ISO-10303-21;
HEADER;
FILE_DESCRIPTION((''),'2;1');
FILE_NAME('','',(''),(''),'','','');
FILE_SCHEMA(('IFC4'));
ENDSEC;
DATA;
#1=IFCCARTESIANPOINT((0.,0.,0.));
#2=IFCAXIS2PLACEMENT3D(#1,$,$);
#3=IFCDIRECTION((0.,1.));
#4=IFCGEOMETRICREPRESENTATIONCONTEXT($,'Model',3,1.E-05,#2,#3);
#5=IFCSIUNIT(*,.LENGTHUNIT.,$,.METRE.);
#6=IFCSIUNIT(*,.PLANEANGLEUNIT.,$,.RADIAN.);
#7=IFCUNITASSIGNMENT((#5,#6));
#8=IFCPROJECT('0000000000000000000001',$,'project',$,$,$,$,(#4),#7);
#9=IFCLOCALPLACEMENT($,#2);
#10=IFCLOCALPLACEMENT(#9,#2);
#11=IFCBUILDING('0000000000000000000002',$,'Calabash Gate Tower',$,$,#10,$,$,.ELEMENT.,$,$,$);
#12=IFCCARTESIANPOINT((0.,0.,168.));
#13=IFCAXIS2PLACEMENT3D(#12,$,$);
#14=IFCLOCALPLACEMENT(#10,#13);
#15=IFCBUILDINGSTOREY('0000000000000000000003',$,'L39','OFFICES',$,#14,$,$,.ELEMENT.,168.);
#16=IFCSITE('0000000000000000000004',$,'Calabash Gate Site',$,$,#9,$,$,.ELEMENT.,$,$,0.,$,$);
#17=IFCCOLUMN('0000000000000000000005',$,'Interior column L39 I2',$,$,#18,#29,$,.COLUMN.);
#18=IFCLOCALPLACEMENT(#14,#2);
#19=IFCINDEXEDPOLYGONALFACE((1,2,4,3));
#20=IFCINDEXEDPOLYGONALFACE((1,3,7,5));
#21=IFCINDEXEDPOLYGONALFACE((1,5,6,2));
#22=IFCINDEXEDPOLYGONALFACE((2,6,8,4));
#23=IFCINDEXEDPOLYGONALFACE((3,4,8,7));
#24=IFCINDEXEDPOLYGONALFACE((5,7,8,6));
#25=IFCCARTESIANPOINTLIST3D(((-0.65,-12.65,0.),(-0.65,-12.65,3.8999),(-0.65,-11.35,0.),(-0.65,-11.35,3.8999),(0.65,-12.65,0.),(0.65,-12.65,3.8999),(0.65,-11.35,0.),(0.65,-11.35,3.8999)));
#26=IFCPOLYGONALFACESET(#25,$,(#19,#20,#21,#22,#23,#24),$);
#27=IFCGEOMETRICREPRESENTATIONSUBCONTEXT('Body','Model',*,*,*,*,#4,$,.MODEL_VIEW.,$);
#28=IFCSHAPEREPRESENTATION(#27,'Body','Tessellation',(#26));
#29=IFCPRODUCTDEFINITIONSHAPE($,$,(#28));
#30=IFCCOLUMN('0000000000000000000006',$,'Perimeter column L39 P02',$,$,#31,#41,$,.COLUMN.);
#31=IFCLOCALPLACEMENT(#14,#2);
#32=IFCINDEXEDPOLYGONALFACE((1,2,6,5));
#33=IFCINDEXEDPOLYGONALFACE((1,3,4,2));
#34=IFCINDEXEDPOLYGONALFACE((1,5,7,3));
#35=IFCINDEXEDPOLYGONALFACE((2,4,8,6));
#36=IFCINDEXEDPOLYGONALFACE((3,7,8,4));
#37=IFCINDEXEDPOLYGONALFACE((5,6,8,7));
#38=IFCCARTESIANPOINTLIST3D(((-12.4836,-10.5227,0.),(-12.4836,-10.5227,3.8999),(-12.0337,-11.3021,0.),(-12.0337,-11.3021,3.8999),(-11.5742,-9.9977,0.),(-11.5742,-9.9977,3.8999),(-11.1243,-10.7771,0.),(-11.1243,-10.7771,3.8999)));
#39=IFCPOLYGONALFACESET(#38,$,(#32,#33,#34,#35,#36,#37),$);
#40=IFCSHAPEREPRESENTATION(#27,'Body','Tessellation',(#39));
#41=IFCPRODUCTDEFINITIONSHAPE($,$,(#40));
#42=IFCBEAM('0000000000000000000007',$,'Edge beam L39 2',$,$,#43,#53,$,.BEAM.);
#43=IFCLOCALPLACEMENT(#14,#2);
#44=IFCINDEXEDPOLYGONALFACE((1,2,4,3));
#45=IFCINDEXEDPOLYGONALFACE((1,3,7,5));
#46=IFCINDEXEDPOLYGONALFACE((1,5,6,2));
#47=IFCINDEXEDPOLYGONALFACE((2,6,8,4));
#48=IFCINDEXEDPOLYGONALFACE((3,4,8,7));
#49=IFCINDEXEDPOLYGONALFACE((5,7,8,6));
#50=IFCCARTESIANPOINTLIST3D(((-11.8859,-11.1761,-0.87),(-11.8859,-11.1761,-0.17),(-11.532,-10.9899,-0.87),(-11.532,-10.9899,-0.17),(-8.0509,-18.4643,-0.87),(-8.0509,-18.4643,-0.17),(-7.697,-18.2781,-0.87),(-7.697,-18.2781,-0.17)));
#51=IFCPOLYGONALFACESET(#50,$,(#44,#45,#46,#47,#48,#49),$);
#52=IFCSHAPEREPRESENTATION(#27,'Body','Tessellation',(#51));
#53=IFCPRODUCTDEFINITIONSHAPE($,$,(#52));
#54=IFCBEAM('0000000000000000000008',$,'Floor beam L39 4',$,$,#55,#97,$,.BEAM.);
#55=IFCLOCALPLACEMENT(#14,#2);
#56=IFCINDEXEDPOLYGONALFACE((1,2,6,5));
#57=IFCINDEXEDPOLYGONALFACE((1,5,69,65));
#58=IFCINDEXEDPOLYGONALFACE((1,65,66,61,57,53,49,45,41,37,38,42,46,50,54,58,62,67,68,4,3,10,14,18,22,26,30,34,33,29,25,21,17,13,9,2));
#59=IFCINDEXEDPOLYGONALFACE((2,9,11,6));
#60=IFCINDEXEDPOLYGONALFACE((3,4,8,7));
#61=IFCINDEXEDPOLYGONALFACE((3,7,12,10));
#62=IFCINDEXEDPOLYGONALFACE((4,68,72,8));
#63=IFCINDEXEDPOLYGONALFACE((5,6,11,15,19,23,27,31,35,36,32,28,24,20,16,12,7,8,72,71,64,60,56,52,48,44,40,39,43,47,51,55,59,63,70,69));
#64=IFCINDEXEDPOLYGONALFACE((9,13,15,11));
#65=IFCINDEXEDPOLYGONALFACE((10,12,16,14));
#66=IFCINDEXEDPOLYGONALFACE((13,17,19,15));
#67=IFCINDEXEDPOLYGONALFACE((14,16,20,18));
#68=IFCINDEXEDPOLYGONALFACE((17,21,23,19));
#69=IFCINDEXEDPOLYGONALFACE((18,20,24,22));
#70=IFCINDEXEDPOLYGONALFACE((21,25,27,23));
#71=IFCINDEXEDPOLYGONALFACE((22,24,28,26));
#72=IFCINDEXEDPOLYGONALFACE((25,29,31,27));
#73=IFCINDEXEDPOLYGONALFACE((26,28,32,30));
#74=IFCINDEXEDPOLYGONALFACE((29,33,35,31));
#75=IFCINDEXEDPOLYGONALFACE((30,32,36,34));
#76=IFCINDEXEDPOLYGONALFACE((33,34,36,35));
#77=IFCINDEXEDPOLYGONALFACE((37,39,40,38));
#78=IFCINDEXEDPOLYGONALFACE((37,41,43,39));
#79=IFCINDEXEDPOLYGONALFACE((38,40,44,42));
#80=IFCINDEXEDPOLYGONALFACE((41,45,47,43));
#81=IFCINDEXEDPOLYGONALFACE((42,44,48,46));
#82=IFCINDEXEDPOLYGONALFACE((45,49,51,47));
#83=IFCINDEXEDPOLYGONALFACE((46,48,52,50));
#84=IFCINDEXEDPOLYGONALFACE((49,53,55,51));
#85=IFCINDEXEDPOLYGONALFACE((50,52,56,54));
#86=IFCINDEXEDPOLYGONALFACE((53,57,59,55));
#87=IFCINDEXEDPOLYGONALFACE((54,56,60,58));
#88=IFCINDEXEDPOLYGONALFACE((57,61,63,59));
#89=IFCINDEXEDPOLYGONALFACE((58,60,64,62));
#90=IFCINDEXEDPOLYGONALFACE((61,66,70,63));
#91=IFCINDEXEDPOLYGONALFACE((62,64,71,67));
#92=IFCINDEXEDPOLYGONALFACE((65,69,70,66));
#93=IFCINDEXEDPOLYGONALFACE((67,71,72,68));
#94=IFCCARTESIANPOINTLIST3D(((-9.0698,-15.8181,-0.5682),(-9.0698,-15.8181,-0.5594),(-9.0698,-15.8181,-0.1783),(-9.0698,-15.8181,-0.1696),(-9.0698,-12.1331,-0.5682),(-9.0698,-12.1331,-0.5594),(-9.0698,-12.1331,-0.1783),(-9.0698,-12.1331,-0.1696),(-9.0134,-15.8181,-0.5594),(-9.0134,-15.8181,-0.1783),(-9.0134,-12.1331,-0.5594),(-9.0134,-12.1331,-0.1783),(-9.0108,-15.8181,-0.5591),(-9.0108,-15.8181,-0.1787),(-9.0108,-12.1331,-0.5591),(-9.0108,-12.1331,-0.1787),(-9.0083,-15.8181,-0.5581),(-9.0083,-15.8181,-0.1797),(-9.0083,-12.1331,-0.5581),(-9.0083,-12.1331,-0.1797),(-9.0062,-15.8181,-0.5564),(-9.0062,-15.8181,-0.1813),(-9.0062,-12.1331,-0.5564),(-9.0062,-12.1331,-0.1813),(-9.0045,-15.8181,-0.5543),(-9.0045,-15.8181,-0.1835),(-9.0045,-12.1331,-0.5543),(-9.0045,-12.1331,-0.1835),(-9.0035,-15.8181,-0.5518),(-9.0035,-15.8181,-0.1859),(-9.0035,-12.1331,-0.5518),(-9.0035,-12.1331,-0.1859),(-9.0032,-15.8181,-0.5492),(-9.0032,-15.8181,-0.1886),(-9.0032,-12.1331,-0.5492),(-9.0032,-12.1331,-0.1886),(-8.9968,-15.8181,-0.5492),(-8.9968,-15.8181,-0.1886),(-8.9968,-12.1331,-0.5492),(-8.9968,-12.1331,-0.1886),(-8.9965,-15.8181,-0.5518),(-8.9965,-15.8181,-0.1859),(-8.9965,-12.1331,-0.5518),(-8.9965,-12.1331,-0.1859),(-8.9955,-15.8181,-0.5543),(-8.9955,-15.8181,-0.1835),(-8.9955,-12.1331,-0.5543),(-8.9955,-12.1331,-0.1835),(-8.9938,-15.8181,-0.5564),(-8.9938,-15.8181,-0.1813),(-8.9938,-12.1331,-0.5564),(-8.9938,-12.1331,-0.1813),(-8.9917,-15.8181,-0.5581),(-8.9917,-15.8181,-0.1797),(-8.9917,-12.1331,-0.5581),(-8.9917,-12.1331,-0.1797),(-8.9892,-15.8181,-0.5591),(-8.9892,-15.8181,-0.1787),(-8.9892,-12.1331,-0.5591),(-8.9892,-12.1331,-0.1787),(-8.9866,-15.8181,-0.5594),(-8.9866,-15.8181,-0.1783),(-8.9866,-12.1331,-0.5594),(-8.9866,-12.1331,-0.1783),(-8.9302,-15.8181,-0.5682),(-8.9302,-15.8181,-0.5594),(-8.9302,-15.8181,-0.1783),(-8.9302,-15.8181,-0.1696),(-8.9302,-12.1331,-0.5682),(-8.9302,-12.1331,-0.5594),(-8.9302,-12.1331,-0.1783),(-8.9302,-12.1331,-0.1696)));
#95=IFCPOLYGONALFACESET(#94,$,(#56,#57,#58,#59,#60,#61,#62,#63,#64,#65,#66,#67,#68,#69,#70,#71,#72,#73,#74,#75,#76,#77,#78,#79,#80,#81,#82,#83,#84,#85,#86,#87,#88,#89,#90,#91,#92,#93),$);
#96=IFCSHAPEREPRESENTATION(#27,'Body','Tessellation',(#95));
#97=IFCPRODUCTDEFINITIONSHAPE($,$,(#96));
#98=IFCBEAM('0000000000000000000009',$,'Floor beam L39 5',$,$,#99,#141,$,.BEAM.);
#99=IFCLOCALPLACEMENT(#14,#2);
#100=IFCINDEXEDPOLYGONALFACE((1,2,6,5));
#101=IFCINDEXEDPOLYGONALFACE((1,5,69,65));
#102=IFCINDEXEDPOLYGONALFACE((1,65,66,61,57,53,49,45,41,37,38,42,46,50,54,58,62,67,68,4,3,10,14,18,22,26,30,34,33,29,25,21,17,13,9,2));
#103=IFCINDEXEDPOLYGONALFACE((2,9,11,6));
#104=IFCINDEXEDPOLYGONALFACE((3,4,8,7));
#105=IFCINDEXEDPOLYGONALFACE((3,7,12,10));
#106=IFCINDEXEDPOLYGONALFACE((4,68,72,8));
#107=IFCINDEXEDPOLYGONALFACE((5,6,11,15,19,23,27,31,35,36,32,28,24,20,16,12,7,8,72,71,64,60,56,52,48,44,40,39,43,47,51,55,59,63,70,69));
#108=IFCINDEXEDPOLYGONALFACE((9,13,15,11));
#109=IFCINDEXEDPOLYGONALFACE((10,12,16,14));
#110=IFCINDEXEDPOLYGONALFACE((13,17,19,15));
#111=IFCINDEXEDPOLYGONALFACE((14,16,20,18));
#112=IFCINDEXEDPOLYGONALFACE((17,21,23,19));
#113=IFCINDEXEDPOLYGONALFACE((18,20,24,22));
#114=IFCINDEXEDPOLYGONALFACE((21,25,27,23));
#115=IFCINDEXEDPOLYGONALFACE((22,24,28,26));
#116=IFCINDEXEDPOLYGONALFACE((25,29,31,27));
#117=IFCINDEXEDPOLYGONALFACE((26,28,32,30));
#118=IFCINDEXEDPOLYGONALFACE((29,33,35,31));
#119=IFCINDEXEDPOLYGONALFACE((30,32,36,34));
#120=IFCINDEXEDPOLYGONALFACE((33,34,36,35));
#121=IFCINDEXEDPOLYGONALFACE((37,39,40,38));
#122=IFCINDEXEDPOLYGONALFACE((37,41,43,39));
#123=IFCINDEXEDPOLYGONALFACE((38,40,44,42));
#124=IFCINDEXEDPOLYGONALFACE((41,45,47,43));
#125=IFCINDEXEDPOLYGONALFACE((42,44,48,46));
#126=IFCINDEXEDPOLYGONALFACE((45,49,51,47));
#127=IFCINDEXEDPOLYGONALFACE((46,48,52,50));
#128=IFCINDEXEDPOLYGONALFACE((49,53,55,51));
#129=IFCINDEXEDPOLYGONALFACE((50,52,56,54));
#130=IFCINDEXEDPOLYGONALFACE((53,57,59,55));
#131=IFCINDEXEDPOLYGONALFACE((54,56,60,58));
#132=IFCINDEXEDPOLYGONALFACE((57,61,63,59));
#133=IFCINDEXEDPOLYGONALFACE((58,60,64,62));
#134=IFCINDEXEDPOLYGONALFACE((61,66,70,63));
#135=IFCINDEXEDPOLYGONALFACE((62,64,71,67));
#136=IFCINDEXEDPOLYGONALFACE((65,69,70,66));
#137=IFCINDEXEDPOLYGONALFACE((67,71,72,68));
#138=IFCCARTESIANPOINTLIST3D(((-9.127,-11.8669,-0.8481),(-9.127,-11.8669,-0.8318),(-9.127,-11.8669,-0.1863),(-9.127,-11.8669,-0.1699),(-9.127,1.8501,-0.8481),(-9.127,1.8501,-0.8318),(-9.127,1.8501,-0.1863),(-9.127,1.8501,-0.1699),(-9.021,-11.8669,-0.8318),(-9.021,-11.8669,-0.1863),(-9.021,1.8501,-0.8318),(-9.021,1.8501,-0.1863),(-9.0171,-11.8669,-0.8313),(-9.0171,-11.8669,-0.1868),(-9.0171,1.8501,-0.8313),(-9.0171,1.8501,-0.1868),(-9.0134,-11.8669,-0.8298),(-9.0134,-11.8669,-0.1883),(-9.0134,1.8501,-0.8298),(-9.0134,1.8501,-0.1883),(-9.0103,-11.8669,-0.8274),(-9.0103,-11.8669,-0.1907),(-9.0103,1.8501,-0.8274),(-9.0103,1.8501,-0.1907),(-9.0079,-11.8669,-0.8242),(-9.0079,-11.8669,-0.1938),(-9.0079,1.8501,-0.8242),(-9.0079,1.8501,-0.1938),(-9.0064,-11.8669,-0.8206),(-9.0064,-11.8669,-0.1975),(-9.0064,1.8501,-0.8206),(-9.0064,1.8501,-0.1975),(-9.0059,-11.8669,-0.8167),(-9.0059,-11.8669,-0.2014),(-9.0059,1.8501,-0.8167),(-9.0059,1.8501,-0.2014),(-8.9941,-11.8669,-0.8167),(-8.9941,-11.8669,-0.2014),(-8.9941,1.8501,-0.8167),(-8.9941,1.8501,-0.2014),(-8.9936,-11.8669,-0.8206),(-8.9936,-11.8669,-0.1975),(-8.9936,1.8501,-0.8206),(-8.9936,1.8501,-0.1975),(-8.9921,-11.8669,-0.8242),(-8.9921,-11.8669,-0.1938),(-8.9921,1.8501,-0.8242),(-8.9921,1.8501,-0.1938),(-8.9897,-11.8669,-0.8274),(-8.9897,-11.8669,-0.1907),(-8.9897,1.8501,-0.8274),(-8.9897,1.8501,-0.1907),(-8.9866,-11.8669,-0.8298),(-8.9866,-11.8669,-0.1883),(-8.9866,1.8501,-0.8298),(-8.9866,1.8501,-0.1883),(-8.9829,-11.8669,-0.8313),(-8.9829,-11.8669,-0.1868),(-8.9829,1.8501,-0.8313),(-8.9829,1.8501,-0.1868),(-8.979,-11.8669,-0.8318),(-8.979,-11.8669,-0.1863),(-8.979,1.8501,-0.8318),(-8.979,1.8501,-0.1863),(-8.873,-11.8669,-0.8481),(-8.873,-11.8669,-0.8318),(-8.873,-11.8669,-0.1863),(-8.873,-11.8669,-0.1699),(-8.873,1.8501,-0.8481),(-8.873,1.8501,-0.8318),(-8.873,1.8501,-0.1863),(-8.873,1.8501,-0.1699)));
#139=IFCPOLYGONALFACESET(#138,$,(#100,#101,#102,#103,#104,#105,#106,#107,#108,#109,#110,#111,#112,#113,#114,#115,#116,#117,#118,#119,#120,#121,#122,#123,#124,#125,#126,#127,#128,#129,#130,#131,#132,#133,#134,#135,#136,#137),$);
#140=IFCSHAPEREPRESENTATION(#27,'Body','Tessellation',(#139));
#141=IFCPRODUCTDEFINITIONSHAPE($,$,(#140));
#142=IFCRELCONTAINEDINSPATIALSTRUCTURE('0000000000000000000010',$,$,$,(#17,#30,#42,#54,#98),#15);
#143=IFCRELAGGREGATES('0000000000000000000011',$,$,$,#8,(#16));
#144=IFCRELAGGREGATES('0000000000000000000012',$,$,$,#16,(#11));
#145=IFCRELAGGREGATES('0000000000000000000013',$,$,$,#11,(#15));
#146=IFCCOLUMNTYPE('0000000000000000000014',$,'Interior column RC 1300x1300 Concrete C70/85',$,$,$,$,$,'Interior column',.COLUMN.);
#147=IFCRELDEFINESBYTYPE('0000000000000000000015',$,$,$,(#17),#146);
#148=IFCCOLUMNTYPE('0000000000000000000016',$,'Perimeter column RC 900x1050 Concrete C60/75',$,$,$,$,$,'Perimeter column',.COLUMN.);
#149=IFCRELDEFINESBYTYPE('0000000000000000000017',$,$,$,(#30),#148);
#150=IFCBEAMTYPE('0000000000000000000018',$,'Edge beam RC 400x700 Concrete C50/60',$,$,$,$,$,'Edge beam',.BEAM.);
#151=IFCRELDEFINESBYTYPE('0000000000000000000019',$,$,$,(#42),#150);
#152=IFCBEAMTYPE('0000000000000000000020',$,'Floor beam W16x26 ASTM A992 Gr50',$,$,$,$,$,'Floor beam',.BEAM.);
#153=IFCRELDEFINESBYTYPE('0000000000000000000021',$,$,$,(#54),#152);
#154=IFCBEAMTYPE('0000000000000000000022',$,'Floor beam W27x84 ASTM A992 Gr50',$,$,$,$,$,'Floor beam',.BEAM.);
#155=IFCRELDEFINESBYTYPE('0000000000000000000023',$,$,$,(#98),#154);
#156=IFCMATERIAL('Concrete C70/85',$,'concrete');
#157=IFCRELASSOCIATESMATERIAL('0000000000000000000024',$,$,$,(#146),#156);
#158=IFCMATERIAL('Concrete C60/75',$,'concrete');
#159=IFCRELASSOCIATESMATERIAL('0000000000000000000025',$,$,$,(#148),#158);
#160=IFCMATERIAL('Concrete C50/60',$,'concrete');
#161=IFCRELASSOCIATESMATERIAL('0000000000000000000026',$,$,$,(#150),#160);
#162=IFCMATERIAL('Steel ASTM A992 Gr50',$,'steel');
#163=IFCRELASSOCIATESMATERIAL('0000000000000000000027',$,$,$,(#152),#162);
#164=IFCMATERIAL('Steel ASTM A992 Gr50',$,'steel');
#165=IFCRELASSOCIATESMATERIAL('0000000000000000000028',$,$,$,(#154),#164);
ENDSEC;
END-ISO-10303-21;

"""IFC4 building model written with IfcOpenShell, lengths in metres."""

from ifc_helpers import new_model, si_unit, direction, frame, origin, origin_2d, place, context, subcontext, project, spatial, rectangle, i_section, extrude, material, material_profile, profile_set, type_object, element, save


model = new_model("IFC4")

# Units and contexts
model_context = context("Model", 3, precision=1e-05, world=origin(), true_north=direction((0.0, 1.0)))
body_context = subcontext(model_context, "Body", "Model", "MODEL_VIEW")
ifc_project = project(units=[si_unit("LENGTHUNIT", "METRE"), si_unit("PLANEANGLEUNIT", "RADIAN")], contexts=[model_context])

# Site, building, storey
site_placement = place(None, origin())
site = spatial("IfcSite", under=ifc_project, at=site_placement, Name="Calabash Gate Site", CompositionType="ELEMENT", RefElevation=0.0)
building_placement = place(site_placement, origin())
building = spatial("IfcBuilding", under=site, at=building_placement, Name="Calabash Gate Tower", CompositionType="ELEMENT")
storey_placement = place(building_placement, frame((0.0, 0.0, 168.0)))
storey = spatial("IfcBuildingStorey", under=building, at=storey_placement, Name="L39", Description="OFFICES", CompositionType="ELEMENT", Elevation=168.0)

# Columns
ifc_material_1 = material(Name="Concrete C70/85", Category="concrete")
ifc_material_profile_1 = material_profile(ifc_material_1, rectangle(XDim=1.3, YDim=1.3, at=origin_2d()))
ifc_profile_set_1 = profile_set([ifc_material_profile_1], Name="Concrete C70/85")
column_type_1 = type_object("IfcColumnType", Name="Interior column RC 1300x1300 Concrete C70/85", ElementType="Interior column", PredefinedType="COLUMN", material=ifc_profile_set_1)
column_1_placement = place(storey_placement, frame((0.0, -12.0, 0.0), z_axis=(0.0, 0.0, 1.0), x_axis=(1.0, 0.0, 0.0)))
element("IfcColumn", 1, at=column_1_placement, inside=storey, type_object=column_type_1, Name="Interior column L39 I2", PredefinedType="COLUMN", context=body_context, shape_type="SweptSolid", body=[
    extrude(rectangle(XDim=1.3, YDim=1.3, at=origin_2d()), origin(), (0.0, 0.0, 1.0), 3.8999),
])
ifc_material_2 = material(Name="Concrete C60/75", Category="concrete")
ifc_material_profile_2 = material_profile(ifc_material_2, rectangle(XDim=0.8999, YDim=1.05, at=origin_2d()))
ifc_profile_set_2 = profile_set([ifc_material_profile_2], Name="Concrete C60/75")
column_type_2 = type_object("IfcColumnType", Name="Perimeter column RC 900x1050 Concrete C60/75", ElementType="Perimeter column", PredefinedType="COLUMN", material=ifc_profile_set_2)
column_2_placement = place(storey_placement, frame((-11.804, -10.6499, 0.0), z_axis=(0.0, 0.0, 1.0), x_axis=(0.5, -0.866025, 0.0)))
element("IfcColumn", 2, at=column_2_placement, inside=storey, type_object=column_type_2, Name="Perimeter column L39 P02", PredefinedType="COLUMN", context=body_context, shape_type="SweptSolid", body=[
    extrude(rectangle(XDim=0.8999, YDim=1.05, at=origin_2d()), origin(), (0.0, 0.0, 1.0), 3.8999),
])

# Beams
ifc_material_3 = material(Name="Concrete C50/60", Category="concrete")
ifc_material_profile_3 = material_profile(ifc_material_3, rectangle(XDim=0.3999, YDim=0.7, at=origin_2d()))
ifc_profile_set_3 = profile_set([ifc_material_profile_3], Name="Concrete C50/60")
beam_type_1 = type_object("IfcBeamType", Name="Edge beam RC 400x700 Concrete C50/60", ElementType="Edge beam", PredefinedType="BEAM", material=ifc_profile_set_3)
beam_1_placement = place(storey_placement, frame((-11.709, -11.083, -0.52), z_axis=(0.465663, -0.884962, 0.0), x_axis=(0.884962, 0.465663, 0.0)))
element("IfcBeam", 3, at=beam_1_placement, inside=storey, type_object=beam_type_1, Name="Edge beam L39 2", PredefinedType="BEAM", context=body_context, shape_type="SweptSolid", body=[
    extrude(rectangle(XDim=0.3999, YDim=0.7, at=origin_2d()), origin(), (0.0, 0.0, 1.0), 8.2356),
])
ifc_material_4 = material(Name="Steel ASTM A992 Gr50", Category="steel")
ifc_material_profile_4 = material_profile(ifc_material_4, i_section(OverallWidth=0.1396, OverallDepth=0.3987, WebThickness=0.0063, FlangeThickness=0.0088, FilletRadius=0.0103, at=origin_2d()))
ifc_profile_set_4 = profile_set([ifc_material_profile_4], Name="Steel ASTM A992 Gr50")
beam_type_2 = type_object("IfcBeamType", Name="Floor beam W16x26 ASTM A992 Gr50", ElementType="Floor beam", PredefinedType="BEAM", material=ifc_profile_set_4)
beam_2_placement = place(storey_placement, frame((-9.0, -15.8181, -0.3689), z_axis=(0.0, 1.0, 0.0), x_axis=(-1.0, 0.0, 0.0)))
element("IfcBeam", 4, at=beam_2_placement, inside=storey, type_object=beam_type_2, Name="Floor beam L39 4", PredefinedType="BEAM", context=body_context, shape_type="SweptSolid", body=[
    extrude(i_section(OverallWidth=0.1396, OverallDepth=0.3987, WebThickness=0.0063, FlangeThickness=0.0088, FilletRadius=0.0103, at=origin_2d()), origin(), (0.0, 0.0, 1.0), 3.6851),
])
ifc_material_5 = material(Name="Steel ASTM A992 Gr50", Category="steel")
ifc_material_profile_5 = material_profile(ifc_material_5, i_section(OverallWidth=0.2539, OverallDepth=0.6782, WebThickness=0.0117, FlangeThickness=0.0164, FilletRadius=0.0151, at=origin_2d()))
ifc_profile_set_5 = profile_set([ifc_material_profile_5], Name="Steel ASTM A992 Gr50")
beam_type_3 = type_object("IfcBeamType", Name="Floor beam W27x84 ASTM A992 Gr50", ElementType="Floor beam", PredefinedType="BEAM", material=ifc_profile_set_5)
beam_3_placement = place(storey_placement, frame((-9.0, -11.8669, -0.509), z_axis=(0.0, 1.0, 0.0), x_axis=(-1.0, 0.0, 0.0)))
element("IfcBeam", 5, at=beam_3_placement, inside=storey, type_object=beam_type_3, Name="Floor beam L39 5", PredefinedType="BEAM", context=body_context, shape_type="SweptSolid", body=[
    extrude(i_section(OverallWidth=0.2539, OverallDepth=0.6782, WebThickness=0.0117, FlangeThickness=0.0164, FilletRadius=0.0151, at=origin_2d()), origin(), (0.0, 0.0, 1.0), 13.717),
])

save(model, "model.ifc")
